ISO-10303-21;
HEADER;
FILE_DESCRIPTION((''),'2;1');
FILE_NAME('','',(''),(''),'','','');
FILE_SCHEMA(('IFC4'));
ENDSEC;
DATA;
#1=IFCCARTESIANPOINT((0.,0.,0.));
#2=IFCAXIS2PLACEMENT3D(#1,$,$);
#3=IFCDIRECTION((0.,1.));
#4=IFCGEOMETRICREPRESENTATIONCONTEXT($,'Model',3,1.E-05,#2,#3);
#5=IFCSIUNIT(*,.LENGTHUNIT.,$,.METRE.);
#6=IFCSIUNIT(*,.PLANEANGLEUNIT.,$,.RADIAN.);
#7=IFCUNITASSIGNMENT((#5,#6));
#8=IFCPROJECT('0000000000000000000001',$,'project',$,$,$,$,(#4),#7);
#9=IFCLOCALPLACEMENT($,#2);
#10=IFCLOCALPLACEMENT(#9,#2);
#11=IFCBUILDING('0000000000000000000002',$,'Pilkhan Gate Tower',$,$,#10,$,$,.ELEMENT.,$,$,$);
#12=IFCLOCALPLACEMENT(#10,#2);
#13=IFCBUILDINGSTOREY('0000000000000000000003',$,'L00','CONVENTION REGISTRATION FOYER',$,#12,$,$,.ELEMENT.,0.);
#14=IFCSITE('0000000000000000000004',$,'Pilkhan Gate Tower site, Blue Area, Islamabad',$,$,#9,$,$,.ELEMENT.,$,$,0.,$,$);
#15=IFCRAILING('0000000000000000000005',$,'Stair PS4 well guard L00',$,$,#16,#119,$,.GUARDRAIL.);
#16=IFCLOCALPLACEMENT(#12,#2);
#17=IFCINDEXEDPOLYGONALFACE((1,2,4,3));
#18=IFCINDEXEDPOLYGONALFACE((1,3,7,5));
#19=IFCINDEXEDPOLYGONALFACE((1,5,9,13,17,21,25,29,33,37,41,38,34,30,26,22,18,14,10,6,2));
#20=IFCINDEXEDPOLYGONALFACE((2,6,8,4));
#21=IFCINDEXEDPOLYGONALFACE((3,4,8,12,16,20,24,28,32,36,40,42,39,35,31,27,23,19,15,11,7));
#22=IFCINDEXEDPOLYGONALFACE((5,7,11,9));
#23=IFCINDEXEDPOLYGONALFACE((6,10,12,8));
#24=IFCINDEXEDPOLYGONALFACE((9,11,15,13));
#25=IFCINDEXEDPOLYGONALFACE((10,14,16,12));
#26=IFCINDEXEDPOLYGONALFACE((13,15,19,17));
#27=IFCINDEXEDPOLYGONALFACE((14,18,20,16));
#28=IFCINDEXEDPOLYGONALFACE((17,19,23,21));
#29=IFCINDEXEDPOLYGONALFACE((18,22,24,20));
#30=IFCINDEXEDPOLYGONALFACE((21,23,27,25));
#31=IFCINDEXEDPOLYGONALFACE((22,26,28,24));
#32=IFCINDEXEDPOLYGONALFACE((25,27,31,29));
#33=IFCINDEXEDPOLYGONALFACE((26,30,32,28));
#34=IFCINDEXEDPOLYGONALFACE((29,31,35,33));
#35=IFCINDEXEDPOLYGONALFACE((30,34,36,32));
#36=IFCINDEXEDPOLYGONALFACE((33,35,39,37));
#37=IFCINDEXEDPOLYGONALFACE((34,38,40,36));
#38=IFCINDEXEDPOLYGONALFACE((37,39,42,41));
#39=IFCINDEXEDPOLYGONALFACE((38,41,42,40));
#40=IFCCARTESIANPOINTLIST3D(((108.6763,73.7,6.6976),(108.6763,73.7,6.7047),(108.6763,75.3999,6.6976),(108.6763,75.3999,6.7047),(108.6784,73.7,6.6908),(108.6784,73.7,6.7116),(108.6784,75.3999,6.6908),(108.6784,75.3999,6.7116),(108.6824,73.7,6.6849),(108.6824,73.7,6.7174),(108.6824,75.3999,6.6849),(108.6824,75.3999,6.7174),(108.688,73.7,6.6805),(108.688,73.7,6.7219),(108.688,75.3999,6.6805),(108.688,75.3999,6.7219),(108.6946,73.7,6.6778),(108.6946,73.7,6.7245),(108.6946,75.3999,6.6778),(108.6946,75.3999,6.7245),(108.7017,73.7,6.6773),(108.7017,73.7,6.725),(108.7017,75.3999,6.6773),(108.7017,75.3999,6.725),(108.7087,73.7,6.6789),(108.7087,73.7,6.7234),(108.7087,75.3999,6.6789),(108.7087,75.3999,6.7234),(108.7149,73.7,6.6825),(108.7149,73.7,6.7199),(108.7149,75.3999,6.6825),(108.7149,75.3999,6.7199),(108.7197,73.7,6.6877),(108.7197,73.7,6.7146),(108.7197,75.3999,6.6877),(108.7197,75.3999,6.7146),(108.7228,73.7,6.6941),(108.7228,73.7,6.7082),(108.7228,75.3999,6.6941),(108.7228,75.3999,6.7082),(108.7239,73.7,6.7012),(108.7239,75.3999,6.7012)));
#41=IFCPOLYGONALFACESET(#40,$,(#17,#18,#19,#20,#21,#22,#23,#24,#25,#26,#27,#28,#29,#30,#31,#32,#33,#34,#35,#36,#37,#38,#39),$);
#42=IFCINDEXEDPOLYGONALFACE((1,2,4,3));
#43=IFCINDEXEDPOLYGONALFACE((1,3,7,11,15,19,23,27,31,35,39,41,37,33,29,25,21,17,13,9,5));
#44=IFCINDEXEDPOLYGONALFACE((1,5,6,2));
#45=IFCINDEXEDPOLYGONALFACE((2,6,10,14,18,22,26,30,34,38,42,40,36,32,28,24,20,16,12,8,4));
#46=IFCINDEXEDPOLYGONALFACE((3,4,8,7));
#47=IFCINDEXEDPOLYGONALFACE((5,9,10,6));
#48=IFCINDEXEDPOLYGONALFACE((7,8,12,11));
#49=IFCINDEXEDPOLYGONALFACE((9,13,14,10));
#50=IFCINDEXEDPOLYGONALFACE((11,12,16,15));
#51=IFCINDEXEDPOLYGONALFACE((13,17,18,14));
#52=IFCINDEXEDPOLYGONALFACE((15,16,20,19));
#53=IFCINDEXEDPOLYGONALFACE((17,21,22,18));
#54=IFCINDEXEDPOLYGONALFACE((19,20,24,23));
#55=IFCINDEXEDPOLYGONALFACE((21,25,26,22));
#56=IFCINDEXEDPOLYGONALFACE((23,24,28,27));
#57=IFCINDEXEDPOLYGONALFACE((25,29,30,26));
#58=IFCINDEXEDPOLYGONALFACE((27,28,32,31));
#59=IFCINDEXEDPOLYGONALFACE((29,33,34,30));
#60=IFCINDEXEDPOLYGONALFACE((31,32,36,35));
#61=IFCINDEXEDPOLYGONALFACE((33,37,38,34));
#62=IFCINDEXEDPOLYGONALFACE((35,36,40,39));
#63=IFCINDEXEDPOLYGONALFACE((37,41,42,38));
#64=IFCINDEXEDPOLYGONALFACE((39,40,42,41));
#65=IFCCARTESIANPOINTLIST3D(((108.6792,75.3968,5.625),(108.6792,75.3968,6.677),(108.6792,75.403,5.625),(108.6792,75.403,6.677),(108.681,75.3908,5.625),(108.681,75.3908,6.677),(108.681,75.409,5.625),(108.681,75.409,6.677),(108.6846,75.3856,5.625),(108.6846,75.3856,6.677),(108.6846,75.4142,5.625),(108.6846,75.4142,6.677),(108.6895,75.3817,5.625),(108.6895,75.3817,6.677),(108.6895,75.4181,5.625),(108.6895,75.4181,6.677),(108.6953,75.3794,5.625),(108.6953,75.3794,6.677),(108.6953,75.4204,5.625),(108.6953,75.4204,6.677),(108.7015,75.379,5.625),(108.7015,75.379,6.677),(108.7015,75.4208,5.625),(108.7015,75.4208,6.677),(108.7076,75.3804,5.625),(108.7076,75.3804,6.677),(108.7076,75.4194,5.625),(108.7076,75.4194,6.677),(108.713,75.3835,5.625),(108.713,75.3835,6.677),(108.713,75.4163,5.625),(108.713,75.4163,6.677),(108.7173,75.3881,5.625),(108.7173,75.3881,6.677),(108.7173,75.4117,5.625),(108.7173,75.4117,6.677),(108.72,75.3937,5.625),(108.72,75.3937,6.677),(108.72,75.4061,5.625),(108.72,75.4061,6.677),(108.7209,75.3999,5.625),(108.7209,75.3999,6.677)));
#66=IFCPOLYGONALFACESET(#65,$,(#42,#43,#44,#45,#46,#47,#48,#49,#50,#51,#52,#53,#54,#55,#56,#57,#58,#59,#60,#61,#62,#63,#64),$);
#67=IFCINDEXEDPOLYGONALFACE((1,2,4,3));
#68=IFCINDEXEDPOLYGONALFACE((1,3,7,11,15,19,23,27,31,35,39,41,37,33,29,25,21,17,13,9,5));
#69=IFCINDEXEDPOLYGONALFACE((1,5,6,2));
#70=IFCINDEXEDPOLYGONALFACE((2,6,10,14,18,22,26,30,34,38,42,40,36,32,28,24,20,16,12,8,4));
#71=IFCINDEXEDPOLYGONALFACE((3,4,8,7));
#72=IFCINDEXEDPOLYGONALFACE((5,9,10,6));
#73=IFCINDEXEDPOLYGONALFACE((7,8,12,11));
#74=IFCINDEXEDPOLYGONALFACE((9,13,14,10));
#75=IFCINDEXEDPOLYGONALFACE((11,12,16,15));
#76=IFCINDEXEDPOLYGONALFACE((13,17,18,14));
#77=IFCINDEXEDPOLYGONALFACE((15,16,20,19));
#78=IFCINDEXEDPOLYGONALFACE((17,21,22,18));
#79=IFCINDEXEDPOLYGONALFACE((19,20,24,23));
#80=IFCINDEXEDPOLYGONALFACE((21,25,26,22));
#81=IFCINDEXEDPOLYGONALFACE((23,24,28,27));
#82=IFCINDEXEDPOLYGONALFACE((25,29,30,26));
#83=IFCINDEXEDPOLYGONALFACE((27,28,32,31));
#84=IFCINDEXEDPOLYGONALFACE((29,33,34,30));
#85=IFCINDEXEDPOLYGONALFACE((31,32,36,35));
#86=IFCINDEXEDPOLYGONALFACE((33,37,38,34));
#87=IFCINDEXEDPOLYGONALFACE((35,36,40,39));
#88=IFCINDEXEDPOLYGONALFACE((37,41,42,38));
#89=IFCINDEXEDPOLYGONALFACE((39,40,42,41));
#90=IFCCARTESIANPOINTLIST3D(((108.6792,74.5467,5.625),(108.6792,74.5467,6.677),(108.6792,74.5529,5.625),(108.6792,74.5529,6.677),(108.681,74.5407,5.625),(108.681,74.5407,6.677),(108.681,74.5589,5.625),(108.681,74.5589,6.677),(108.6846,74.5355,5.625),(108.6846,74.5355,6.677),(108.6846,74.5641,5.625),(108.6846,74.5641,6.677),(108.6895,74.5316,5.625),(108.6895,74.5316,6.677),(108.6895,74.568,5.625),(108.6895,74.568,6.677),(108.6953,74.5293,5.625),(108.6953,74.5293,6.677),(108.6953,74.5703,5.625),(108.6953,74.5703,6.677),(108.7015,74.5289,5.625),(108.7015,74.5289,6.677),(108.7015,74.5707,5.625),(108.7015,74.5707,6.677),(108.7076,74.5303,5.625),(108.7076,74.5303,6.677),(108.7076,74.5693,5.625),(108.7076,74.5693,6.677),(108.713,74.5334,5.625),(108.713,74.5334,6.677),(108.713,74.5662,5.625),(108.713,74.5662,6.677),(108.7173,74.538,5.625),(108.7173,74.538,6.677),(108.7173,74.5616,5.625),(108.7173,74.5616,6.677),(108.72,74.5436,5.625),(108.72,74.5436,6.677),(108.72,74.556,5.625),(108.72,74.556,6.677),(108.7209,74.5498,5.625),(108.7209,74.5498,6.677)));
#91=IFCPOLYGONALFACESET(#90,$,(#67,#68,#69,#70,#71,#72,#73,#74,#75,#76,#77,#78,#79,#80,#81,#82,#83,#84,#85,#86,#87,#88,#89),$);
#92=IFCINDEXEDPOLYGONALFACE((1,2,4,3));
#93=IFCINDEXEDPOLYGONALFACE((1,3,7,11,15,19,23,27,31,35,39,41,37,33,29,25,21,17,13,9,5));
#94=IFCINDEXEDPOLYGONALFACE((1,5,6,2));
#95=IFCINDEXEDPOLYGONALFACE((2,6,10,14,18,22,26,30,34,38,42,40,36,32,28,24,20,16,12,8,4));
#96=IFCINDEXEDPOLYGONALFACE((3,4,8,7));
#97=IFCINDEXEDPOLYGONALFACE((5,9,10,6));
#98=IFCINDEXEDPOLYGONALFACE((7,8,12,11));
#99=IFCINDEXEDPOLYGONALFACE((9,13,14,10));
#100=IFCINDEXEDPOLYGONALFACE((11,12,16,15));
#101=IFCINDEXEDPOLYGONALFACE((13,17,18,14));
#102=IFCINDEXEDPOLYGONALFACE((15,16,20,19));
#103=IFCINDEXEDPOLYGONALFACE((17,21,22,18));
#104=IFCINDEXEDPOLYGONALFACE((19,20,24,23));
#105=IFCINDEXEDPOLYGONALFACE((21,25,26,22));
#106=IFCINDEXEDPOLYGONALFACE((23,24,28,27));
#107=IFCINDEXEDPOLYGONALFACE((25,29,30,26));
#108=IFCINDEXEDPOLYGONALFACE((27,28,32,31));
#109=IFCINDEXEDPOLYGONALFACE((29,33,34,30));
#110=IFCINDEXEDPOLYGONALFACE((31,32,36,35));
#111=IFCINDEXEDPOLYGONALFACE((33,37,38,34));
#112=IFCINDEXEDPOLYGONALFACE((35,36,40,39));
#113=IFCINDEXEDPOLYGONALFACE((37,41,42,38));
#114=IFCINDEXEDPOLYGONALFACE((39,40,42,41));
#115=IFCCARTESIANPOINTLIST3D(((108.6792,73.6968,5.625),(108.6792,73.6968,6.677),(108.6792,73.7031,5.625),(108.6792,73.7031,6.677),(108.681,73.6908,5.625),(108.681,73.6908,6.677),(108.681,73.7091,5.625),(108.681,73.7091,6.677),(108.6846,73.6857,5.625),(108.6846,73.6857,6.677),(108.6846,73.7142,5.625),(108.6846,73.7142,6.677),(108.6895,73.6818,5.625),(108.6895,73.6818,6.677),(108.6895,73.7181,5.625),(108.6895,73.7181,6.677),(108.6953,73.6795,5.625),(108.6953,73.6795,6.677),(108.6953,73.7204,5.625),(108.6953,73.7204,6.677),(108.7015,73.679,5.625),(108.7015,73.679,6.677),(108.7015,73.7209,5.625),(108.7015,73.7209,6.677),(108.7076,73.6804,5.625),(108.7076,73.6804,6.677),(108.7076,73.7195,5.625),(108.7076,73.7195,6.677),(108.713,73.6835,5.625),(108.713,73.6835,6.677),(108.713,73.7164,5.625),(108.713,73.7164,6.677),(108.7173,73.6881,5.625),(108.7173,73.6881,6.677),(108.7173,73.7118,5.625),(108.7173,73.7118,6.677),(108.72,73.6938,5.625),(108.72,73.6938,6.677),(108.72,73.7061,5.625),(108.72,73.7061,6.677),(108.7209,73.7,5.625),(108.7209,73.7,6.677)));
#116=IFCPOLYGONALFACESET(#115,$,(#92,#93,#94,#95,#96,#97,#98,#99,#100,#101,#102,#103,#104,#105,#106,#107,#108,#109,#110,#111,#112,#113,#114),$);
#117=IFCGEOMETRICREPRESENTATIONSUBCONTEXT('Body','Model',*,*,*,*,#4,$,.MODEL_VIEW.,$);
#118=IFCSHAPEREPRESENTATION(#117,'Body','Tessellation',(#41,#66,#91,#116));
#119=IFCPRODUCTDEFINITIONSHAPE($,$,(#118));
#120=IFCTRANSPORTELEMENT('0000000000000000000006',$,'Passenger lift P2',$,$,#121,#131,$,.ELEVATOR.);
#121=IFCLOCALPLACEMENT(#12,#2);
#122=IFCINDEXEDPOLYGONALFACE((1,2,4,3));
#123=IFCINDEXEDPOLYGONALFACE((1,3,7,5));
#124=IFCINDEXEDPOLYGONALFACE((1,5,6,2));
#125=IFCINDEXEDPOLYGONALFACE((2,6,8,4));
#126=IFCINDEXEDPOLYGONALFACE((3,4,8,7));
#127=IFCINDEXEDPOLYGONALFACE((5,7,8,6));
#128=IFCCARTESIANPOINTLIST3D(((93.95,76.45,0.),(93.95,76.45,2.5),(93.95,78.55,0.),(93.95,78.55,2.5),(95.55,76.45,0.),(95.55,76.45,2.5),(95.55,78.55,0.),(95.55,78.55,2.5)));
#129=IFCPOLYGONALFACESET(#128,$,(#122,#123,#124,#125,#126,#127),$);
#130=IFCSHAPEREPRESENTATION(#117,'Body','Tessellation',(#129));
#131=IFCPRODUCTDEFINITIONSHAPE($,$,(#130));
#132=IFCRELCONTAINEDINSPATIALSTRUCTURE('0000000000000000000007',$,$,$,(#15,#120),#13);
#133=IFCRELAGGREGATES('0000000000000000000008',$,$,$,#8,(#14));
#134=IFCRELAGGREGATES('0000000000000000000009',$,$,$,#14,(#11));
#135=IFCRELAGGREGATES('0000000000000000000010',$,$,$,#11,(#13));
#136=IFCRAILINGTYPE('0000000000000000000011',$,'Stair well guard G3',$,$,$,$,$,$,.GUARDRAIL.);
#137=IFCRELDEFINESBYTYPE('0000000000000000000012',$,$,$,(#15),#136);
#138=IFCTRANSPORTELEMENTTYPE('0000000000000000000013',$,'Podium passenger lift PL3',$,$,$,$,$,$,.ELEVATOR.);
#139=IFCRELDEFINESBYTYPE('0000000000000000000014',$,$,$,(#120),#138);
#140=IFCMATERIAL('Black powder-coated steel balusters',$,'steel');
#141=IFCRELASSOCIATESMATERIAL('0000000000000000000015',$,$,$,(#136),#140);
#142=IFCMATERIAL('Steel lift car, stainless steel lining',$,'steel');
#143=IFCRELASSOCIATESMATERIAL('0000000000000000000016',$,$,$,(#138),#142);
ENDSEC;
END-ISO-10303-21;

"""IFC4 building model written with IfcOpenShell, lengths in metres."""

from ifc_helpers import new_model, si_unit, direction, frame, origin, origin_2d, place, context, subcontext, project, spatial, rectangle, circle, extrude, material, type_object, element, save


model = new_model("IFC4")

# Units and contexts
model_context = context("Model", 3, precision=1e-05, world=origin(), true_north=direction((0.0, 1.0)))
body_context = subcontext(model_context, "Body", "Model", "MODEL_VIEW")
ifc_project = project(units=[si_unit("LENGTHUNIT", "METRE"), si_unit("PLANEANGLEUNIT", "RADIAN")], contexts=[model_context])

# Site, building, storey
site_placement = place(None, origin())
site = spatial("IfcSite", under=ifc_project, at=site_placement, Name="Pilkhan Gate Tower site, Blue Area, Islamabad", CompositionType="ELEMENT", RefElevation=0.0)
building_placement = place(site_placement, origin())
building = spatial("IfcBuilding", under=site, at=building_placement, Name="Pilkhan Gate Tower", CompositionType="ELEMENT")
storey_placement = place(building_placement, origin())
storey = spatial("IfcBuildingStorey", under=building, at=storey_placement, Name="L00", Description="CONVENTION REGISTRATION FOYER", CompositionType="ELEMENT", Elevation=0.0)

# Railing
ifc_material_1 = material(Name="Black powder-coated steel balusters", Category="steel")
railing_type = type_object("IfcRailingType", Name="Stair well guard G3", PredefinedType="GUARDRAIL", material=ifc_material_1)
railing_1_placement = place(storey_placement, frame((108.7, 75.3999, 5.625)))
element("IfcRailing", 1, at=railing_1_placement, inside=storey, type_object=railing_type, Name="Stair PS4 well guard L00", PredefinedType="GUARDRAIL", context=body_context, shape_type="SweptSolid", body=[
    extrude(circle(Radius=0.0239, at=origin_2d()), frame((0.0, 0.0, 1.0762), z_axis=(0.0, -1.0, 0.0), x_axis=(1.0, 0.0, 0.0)), (0.0, 0.0, 1.0), 1.7),
    extrude(circle(Radius=0.021, at=origin_2d()), origin(), (0.0, 0.0, 1.0), 1.052),
    extrude(circle(Radius=0.021, at=origin_2d()), frame((0.0, -0.8501, 0.0)), (0.0, 0.0, 1.0), 1.052),
    extrude(circle(Radius=0.021, at=origin_2d()), frame((0.0, -1.7, 0.0)), (0.0, 0.0, 1.0), 1.052),
])

# Transport element
ifc_material_2 = material(Name="Steel lift car, stainless steel lining", Category="steel")
transport_element_type = type_object("IfcTransportElementType", Name="Podium passenger lift PL3", PredefinedType="ELEVATOR", material=ifc_material_2)
transport_element_placement = place(storey_placement, frame((94.75, 77.5, 0.0), z_axis=(0.0, 0.0, 1.0), x_axis=(1.0, 0.0, 0.0)))
element("IfcTransportElement", 2, at=transport_element_placement, inside=storey, type_object=transport_element_type, Name="Passenger lift P2", PredefinedType="ELEVATOR", context=body_context, shape_type="SweptSolid", body=[
    extrude(rectangle(XDim=1.6001, YDim=2.1001, at=origin_2d()), origin(), (0.0, 0.0, 1.0), 2.5),
])

save(model, "model.ifc")
